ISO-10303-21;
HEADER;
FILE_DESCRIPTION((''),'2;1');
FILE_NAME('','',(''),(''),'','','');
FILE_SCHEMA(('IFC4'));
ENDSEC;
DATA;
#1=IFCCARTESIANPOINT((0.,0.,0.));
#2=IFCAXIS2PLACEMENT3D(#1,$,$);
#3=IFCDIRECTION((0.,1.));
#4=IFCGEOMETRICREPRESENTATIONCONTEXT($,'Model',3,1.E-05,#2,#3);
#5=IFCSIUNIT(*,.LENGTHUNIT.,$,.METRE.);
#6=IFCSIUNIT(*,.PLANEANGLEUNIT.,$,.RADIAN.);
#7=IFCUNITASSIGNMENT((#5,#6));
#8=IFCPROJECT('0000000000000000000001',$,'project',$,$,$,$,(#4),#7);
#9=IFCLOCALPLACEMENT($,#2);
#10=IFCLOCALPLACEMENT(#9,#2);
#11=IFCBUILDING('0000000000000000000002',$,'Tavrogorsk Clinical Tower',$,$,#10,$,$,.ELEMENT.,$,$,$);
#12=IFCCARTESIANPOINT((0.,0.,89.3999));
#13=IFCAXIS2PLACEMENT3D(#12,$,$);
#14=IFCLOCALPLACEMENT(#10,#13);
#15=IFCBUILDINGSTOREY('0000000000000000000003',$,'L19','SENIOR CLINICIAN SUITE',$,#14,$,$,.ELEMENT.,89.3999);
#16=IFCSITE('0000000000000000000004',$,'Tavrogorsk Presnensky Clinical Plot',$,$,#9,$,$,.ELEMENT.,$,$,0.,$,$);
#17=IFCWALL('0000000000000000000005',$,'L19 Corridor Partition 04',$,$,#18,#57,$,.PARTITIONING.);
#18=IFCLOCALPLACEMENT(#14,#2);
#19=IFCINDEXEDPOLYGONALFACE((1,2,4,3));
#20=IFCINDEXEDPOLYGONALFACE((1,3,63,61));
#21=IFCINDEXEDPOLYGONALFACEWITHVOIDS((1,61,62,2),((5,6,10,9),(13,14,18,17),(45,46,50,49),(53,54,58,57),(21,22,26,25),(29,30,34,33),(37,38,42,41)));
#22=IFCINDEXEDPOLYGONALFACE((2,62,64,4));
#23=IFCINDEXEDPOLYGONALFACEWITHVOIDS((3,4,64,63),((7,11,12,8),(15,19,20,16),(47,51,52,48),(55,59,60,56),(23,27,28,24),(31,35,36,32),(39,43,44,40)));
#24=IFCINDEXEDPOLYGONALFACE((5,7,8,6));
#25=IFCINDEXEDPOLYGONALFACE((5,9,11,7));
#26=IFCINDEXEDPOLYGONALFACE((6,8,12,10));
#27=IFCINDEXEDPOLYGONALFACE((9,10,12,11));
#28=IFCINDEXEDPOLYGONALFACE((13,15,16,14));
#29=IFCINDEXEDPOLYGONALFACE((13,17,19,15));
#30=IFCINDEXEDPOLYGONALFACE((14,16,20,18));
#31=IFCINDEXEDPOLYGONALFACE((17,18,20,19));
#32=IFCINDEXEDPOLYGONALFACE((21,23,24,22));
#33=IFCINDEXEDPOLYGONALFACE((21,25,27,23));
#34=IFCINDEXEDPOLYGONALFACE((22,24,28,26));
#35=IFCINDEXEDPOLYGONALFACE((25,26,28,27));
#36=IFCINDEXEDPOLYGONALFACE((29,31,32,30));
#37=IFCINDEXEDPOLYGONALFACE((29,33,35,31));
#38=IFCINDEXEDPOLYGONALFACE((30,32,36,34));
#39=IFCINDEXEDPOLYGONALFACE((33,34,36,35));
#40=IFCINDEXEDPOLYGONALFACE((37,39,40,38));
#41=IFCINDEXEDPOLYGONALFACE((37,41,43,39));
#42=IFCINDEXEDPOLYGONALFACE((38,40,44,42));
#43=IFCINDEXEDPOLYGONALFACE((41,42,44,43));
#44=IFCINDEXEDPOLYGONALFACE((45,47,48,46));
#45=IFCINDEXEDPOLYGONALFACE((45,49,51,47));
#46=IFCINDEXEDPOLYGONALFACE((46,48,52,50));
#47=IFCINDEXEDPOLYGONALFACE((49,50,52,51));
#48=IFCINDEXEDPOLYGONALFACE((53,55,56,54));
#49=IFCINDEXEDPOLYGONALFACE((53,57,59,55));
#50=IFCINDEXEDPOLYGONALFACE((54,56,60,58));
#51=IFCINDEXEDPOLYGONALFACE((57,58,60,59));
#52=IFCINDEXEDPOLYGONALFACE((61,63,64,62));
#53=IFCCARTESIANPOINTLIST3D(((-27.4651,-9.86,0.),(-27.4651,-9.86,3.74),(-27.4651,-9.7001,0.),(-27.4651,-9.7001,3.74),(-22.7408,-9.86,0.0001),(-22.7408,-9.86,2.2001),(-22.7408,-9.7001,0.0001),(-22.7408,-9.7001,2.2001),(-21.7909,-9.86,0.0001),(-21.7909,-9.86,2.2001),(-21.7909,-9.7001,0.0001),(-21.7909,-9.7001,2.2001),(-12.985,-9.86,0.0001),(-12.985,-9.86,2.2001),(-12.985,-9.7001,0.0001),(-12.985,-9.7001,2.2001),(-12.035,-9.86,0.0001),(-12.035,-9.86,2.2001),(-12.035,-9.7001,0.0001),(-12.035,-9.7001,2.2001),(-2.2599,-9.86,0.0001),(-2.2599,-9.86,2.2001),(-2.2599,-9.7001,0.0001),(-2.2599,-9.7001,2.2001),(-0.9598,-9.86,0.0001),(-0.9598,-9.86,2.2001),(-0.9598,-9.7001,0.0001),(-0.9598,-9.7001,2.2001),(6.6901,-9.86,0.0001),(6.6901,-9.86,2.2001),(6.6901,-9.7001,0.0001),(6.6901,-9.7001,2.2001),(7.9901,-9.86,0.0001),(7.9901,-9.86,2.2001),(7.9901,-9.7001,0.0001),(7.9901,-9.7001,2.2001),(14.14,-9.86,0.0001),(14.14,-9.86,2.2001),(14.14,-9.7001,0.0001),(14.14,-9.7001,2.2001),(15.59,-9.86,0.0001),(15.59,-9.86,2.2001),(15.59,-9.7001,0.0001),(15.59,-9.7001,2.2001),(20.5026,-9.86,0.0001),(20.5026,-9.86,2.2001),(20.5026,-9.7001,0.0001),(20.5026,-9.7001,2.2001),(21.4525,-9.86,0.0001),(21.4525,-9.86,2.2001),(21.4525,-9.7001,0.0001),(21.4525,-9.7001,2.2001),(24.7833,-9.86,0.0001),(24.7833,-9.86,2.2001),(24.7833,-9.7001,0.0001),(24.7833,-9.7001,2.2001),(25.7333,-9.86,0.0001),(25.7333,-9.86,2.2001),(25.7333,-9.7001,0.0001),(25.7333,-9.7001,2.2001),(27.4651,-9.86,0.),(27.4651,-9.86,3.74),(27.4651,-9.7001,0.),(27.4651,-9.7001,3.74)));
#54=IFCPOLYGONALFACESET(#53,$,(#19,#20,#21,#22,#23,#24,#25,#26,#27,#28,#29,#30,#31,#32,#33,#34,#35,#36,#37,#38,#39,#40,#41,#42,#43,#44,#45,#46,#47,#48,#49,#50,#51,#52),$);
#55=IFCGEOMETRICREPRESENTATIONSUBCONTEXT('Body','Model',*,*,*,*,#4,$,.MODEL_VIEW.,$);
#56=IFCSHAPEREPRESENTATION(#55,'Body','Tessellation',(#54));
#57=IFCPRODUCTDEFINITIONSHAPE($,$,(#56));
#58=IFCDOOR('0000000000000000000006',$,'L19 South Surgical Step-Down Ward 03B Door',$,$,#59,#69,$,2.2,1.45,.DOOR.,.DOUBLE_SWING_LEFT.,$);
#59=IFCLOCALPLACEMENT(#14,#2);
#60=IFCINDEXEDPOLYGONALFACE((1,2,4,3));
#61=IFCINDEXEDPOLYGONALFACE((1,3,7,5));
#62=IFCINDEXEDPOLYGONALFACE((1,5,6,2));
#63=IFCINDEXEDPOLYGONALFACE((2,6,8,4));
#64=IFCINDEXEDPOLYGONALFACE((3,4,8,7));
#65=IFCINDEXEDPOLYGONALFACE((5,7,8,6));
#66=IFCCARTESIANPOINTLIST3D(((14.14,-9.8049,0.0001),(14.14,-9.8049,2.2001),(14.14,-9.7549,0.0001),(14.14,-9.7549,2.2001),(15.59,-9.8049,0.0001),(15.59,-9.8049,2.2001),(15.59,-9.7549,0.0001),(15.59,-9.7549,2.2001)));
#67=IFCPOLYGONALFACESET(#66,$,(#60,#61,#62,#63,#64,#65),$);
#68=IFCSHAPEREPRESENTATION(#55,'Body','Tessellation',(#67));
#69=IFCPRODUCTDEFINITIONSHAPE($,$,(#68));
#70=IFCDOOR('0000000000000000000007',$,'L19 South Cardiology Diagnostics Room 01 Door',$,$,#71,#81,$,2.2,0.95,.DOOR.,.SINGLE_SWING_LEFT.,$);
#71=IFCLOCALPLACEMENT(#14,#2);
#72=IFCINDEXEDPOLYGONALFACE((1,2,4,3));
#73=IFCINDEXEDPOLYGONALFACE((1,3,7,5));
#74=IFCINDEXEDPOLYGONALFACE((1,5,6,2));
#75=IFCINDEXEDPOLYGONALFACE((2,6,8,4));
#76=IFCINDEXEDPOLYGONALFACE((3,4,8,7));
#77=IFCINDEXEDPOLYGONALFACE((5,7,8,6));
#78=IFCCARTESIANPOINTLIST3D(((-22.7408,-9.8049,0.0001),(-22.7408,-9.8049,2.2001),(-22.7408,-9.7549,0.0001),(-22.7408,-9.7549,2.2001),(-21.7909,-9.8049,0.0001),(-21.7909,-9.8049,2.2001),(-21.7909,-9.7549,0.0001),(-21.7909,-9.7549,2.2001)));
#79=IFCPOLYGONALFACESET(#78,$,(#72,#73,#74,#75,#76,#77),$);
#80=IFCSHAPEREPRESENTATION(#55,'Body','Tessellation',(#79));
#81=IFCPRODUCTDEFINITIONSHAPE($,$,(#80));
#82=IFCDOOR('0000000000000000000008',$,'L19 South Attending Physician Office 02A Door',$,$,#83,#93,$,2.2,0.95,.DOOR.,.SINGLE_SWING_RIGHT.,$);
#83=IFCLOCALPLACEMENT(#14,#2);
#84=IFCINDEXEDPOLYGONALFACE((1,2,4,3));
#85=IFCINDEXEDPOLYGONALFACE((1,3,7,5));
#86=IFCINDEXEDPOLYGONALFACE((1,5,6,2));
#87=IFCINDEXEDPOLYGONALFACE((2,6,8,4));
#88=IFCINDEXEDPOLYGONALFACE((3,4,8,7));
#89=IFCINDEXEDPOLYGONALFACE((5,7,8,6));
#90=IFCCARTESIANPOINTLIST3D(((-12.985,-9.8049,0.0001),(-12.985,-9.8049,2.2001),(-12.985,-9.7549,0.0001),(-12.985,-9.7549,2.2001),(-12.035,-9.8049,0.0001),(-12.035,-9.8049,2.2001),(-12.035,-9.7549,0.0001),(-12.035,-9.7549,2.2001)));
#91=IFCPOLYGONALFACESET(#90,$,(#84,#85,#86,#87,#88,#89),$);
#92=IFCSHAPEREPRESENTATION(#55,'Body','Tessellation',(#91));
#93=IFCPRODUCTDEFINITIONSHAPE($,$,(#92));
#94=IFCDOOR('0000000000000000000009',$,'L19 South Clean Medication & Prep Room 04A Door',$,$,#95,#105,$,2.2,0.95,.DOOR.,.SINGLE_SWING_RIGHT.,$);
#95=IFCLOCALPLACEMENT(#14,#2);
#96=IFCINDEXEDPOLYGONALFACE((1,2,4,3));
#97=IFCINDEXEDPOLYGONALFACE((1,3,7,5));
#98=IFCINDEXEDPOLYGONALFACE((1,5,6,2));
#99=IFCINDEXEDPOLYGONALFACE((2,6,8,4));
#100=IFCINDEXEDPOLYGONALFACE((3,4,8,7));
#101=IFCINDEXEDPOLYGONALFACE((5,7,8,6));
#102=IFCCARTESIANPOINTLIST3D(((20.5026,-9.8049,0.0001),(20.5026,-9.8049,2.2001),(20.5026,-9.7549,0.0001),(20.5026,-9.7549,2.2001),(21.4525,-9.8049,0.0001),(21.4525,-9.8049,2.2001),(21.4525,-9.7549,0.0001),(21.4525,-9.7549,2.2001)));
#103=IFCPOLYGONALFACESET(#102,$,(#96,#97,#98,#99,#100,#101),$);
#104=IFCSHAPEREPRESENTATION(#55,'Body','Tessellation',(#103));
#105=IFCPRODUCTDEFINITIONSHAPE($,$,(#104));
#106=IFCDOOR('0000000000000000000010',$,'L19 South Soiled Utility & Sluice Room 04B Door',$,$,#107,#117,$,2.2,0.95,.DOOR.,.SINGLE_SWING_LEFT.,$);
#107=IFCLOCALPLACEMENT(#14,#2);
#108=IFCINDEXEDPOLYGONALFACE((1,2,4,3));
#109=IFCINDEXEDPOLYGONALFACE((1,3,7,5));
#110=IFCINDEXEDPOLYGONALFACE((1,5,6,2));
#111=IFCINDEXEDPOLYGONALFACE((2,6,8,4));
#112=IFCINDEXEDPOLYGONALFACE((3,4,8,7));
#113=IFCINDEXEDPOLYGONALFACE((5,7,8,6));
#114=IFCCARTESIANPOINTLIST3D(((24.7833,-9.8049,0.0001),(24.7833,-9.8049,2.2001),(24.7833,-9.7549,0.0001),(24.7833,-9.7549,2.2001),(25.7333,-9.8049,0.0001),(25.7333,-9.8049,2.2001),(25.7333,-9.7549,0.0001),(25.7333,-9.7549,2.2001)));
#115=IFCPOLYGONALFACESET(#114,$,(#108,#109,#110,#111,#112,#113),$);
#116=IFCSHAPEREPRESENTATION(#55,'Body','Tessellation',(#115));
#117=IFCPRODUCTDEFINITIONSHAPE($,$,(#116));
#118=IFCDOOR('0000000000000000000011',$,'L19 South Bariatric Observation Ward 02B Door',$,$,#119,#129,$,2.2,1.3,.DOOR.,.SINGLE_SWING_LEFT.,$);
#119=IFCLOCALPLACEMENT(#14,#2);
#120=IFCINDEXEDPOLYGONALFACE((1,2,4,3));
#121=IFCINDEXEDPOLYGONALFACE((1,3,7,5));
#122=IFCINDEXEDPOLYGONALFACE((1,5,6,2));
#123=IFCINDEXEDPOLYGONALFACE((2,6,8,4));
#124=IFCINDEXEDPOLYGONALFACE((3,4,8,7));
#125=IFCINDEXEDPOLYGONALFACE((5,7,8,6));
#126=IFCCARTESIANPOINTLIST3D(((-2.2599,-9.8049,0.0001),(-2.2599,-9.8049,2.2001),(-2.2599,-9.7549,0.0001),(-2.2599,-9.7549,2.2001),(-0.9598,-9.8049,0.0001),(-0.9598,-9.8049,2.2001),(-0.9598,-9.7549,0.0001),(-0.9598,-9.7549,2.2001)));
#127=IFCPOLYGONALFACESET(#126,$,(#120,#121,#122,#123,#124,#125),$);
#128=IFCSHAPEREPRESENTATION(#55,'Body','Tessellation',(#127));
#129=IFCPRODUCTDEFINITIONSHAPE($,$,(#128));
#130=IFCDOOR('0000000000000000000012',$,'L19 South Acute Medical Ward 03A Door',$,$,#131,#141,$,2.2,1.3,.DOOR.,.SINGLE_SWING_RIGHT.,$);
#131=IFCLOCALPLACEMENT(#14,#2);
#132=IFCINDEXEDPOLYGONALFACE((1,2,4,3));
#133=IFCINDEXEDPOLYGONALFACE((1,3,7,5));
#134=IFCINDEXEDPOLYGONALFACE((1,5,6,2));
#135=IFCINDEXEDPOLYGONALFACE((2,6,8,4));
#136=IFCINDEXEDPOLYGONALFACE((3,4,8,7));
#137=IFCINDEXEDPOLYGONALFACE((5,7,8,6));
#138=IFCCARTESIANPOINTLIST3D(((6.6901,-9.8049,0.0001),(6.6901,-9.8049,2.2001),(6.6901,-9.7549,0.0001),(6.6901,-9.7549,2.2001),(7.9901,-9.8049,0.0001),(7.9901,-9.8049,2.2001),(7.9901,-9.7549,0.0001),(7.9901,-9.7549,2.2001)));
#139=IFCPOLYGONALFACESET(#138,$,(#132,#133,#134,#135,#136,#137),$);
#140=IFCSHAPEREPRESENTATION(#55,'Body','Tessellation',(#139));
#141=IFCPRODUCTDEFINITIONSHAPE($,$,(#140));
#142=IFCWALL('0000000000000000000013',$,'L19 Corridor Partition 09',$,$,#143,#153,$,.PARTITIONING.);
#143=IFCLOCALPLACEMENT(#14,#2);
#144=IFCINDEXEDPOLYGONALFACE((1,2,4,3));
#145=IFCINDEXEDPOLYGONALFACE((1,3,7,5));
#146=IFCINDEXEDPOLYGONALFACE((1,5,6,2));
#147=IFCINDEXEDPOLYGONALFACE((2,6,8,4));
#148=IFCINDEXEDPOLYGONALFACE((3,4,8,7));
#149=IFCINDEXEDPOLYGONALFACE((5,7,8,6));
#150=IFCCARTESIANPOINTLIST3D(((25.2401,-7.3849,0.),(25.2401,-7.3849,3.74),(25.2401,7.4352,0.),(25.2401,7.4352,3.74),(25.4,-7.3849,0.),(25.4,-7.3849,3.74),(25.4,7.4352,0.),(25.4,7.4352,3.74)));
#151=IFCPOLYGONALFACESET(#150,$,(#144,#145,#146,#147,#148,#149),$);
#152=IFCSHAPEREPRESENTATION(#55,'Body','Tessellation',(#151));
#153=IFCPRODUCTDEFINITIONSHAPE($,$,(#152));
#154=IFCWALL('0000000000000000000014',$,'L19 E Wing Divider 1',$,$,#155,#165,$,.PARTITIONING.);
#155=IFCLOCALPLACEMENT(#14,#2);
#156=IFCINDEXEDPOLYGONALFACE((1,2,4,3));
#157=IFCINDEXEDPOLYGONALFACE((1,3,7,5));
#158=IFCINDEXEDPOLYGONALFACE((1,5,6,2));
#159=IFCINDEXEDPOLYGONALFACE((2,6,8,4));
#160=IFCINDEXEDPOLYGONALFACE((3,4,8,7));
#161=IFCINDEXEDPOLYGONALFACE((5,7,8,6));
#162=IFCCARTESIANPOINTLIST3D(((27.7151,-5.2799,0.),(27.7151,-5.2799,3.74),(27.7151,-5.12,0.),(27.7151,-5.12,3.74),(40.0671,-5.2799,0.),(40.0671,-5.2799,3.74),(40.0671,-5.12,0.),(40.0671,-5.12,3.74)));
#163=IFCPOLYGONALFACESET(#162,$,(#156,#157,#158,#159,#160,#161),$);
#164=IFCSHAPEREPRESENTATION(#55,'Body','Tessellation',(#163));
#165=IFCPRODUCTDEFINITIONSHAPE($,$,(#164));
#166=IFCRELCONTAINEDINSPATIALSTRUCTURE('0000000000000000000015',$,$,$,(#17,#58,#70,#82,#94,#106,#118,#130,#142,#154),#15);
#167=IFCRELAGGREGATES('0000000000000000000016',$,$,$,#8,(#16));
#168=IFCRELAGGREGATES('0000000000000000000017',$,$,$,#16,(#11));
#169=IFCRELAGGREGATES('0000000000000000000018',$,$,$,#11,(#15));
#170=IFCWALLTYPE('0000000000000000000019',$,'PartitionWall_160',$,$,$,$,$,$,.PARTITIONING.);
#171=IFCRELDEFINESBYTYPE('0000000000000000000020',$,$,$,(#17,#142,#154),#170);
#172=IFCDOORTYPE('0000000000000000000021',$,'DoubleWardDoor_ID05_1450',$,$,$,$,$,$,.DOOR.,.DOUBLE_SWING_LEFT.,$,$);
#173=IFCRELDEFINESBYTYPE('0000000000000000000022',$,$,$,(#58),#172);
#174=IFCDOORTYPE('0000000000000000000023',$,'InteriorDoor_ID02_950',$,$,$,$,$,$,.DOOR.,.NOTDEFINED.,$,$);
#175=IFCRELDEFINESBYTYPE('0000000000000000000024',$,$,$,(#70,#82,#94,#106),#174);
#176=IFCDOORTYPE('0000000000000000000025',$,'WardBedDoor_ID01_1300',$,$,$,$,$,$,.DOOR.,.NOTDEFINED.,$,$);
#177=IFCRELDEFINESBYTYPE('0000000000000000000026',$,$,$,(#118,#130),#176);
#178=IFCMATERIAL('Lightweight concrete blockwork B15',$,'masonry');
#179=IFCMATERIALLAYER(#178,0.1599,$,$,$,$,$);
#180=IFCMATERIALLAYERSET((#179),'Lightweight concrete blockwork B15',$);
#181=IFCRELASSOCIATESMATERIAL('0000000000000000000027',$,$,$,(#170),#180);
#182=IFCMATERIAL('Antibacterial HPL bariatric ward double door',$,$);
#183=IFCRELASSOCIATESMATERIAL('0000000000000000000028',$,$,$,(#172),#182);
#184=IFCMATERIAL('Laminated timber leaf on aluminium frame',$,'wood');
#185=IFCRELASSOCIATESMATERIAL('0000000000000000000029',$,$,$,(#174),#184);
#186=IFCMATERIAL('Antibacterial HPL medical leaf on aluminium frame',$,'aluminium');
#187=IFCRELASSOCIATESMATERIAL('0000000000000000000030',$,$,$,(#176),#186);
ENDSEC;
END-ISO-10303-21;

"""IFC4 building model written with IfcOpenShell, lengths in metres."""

from ifc_helpers import new_model, si_unit, direction, frame, frame_2d, origin, place, context, subcontext, project, spatial, rectangle, extrude, material, layer, layer_set, type_object, element, fill, save


model = new_model("IFC4")

# Units and contexts
model_context = context("Model", 3, precision=1e-05, world=origin(), true_north=direction((0.0, 1.0)))
body_context = subcontext(model_context, "Body", "Model", "MODEL_VIEW")
ifc_project = project(units=[si_unit("LENGTHUNIT", "METRE"), si_unit("PLANEANGLEUNIT", "RADIAN")], contexts=[model_context])

# Site, building, storey
site_placement = place(None, origin())
site = spatial("IfcSite", under=ifc_project, at=site_placement, Name="Tavrogorsk Presnensky Clinical Plot", CompositionType="ELEMENT", RefElevation=0.0)
building_placement = place(site_placement, origin())
building = spatial("IfcBuilding", under=site, at=building_placement, Name="Tavrogorsk Clinical Tower", CompositionType="ELEMENT")
storey_placement = place(building_placement, frame((0.0, 0.0, 89.3999)))
storey = spatial("IfcBuildingStorey", under=building, at=storey_placement, Name="L19", Description="SENIOR CLINICIAN SUITE", CompositionType="ELEMENT", Elevation=89.3999)

# Wall, openings, doors
ifc_material_1 = material(Name="Lightweight concrete blockwork B15", Category="masonry")
ifc_layer_1 = layer(ifc_material_1, 0.1599)
ifc_layer_set_1 = layer_set([ifc_layer_1], Name="Lightweight concrete blockwork B15")
wall_type_1 = type_object("IfcWallType", Name="PartitionWall_160", PredefinedType="PARTITIONING", material=ifc_layer_set_1)
wall_1_placement = place(storey_placement, frame((27.4651, -9.78, 0.0), z_axis=(0.0, 0.0, 1.0), x_axis=(-1.0, 0.0, 0.0)))
wall_1 = element("IfcWall", 1, at=wall_1_placement, inside=storey, type_object=wall_type_1, Name="L19 Corridor Partition 04", PredefinedType="PARTITIONING", context=body_context, shape_type="SweptSolid", body=[
    extrude(rectangle(XDim=54.9302, YDim=0.1599, at=frame_2d((27.4651, 0.0))), origin(), (0.0, 0.0, 1.0), 3.74),
])
opening_1_placement = place(wall_1_placement, frame((49.2559, 0.0, 0.0)))
opening_1 = element("IfcOpeningElement", 2, at=opening_1_placement, cuts=wall_1, PredefinedType="OPENING", context=body_context, shape_type="SweptSolid", body=[
    extrude(rectangle(XDim=0.95, YDim=2.2, at=frame_2d((0.4751, 1.1001))), frame((0.0, 0.0898, 0.0), z_axis=(0.0, -1.0, 0.0), x_axis=(1.0, 0.0, 0.0)), (0.0, 0.0, 1.0), 0.1799),
])
opening_2_placement = place(wall_1_placement, frame((39.5, 0.0, 0.0)))
opening_2 = element("IfcOpeningElement", 3, at=opening_2_placement, cuts=wall_1, PredefinedType="OPENING", context=body_context, shape_type="SweptSolid", body=[
    extrude(rectangle(XDim=0.95, YDim=2.2, at=frame_2d((0.4751, 1.1001))), frame((0.0, 0.0898, 0.0), z_axis=(0.0, -1.0, 0.0), x_axis=(1.0, 0.0, 0.0)), (0.0, 0.0, 1.0), 0.1799),
])
opening_3_placement = place(wall_1_placement, frame((28.425, 0.0, 0.0)))
opening_3 = element("IfcOpeningElement", 4, at=opening_3_placement, cuts=wall_1, PredefinedType="OPENING", context=body_context, shape_type="SweptSolid", body=[
    extrude(rectangle(XDim=1.3, YDim=2.2, at=frame_2d((0.6499, 1.1001))), frame((0.0, 0.0898, 0.0), z_axis=(0.0, -1.0, 0.0), x_axis=(1.0, 0.0, 0.0)), (0.0, 0.0, 1.0), 0.1799),
])
opening_4_placement = place(wall_1_placement, frame((19.4751, 0.0, 0.0)))
opening_4 = element("IfcOpeningElement", 5, at=opening_4_placement, cuts=wall_1, PredefinedType="OPENING", context=body_context, shape_type="SweptSolid", body=[
    extrude(rectangle(XDim=1.3, YDim=2.2, at=frame_2d((0.6499, 1.1001))), frame((0.0, 0.0898, 0.0), z_axis=(0.0, -1.0, 0.0), x_axis=(1.0, 0.0, 0.0)), (0.0, 0.0, 1.0), 0.1799),
])
opening_5_placement = place(wall_1_placement, frame((11.875, 0.0, 0.0)))
opening_5 = element("IfcOpeningElement", 6, at=opening_5_placement, cuts=wall_1, PredefinedType="OPENING", context=body_context, shape_type="SweptSolid", body=[
    extrude(rectangle(XDim=1.45, YDim=2.2, at=frame_2d((0.7251, 1.1001))), frame((0.0, 0.0898, 0.0), z_axis=(0.0, -1.0, 0.0), x_axis=(1.0, 0.0, 0.0)), (0.0, 0.0, 1.0), 0.1799),
])
opening_6_placement = place(wall_1_placement, frame((6.0125, 0.0, 0.0)))
opening_6 = element("IfcOpeningElement", 7, at=opening_6_placement, cuts=wall_1, PredefinedType="OPENING", context=body_context, shape_type="SweptSolid", body=[
    extrude(rectangle(XDim=0.95, YDim=2.2, at=frame_2d((0.4751, 1.1001))), frame((0.0, 0.0898, 0.0), z_axis=(0.0, -1.0, 0.0), x_axis=(1.0, 0.0, 0.0)), (0.0, 0.0, 1.0), 0.1799),
])
opening_7_placement = place(wall_1_placement, frame((1.7317, 0.0, 0.0)))
opening_7 = element("IfcOpeningElement", 8, at=opening_7_placement, cuts=wall_1, PredefinedType="OPENING", context=body_context, shape_type="SweptSolid", body=[
    extrude(rectangle(XDim=0.95, YDim=2.2, at=frame_2d((0.4751, 1.1001))), frame((0.0, 0.0898, 0.0), z_axis=(0.0, -1.0, 0.0), x_axis=(1.0, 0.0, 0.0)), (0.0, 0.0, 1.0), 0.1799),
])
ifc_material_2 = material(Name="Antibacterial HPL bariatric ward double door")
door_type_1 = type_object("IfcDoorType", Name="DoubleWardDoor_ID05_1450", OperationType="DOUBLE_SWING_LEFT", PredefinedType="DOOR", material=ifc_material_2)
door_1_placement = place(opening_5_placement, origin())
door_1 = element("IfcDoor", 9, at=door_1_placement, inside=storey, type_object=door_type_1, Name="L19 South Surgical Step-Down Ward 03B Door", OperationType="DOUBLE_SWING_LEFT", OverallHeight=2.2, OverallWidth=1.45, PredefinedType="DOOR", context=body_context, shape_type="SweptSolid", body=[
    extrude(rectangle(XDim=1.45, YDim=2.2, at=frame_2d((0.7251, 1.1001))), frame((0.0, 0.0249, 0.0), z_axis=(0.0, -1.0, 0.0), x_axis=(1.0, 0.0, 0.0)), (0.0, 0.0, 1.0), 0.05),
])
fill(opening_5, door_1)
ifc_material_3 = material(Name="Laminated timber leaf on aluminium frame", Category="wood")
door_type_2 = type_object("IfcDoorType", Name="InteriorDoor_ID02_950", OperationType="NOTDEFINED", PredefinedType="DOOR", material=ifc_material_3)
door_2_placement = place(opening_1_placement, origin())
door_2 = element("IfcDoor", 10, at=door_2_placement, inside=storey, type_object=door_type_2, Name="L19 South Cardiology Diagnostics Room 01 Door", OperationType="SINGLE_SWING_LEFT", OverallHeight=2.2, OverallWidth=0.95, PredefinedType="DOOR", context=body_context, shape_type="SweptSolid", body=[
    extrude(rectangle(XDim=0.95, YDim=2.2, at=frame_2d((0.4751, 1.1001))), frame((0.0, 0.0249, 0.0), z_axis=(0.0, -1.0, 0.0), x_axis=(1.0, 0.0, 0.0)), (0.0, 0.0, 1.0), 0.05),
])
fill(opening_1, door_2)
door_3_placement = place(opening_2_placement, origin())
door_3 = element("IfcDoor", 11, at=door_3_placement, inside=storey, type_object=door_type_2, Name="L19 South Attending Physician Office 02A Door", OperationType="SINGLE_SWING_RIGHT", OverallHeight=2.2, OverallWidth=0.95, PredefinedType="DOOR", context=body_context, shape_type="SweptSolid", body=[
    extrude(rectangle(XDim=0.95, YDim=2.2, at=frame_2d((0.4751, 1.1001))), frame((0.0, 0.0249, 0.0), z_axis=(0.0, -1.0, 0.0), x_axis=(1.0, 0.0, 0.0)), (0.0, 0.0, 1.0), 0.05),
])
fill(opening_2, door_3)
door_4_placement = place(opening_6_placement, origin())
door_4 = element("IfcDoor", 12, at=door_4_placement, inside=storey, type_object=door_type_2, Name="L19 South Clean Medication & Prep Room 04A Door", OperationType="SINGLE_SWING_RIGHT", OverallHeight=2.2, OverallWidth=0.95, PredefinedType="DOOR", context=body_context, shape_type="SweptSolid", body=[
    extrude(rectangle(XDim=0.95, YDim=2.2, at=frame_2d((0.4751, 1.1001))), frame((0.0, 0.0249, 0.0), z_axis=(0.0, -1.0, 0.0), x_axis=(1.0, 0.0, 0.0)), (0.0, 0.0, 1.0), 0.05),
])
fill(opening_6, door_4)
door_5_placement = place(opening_7_placement, origin())
door_5 = element("IfcDoor", 13, at=door_5_placement, inside=storey, type_object=door_type_2, Name="L19 South Soiled Utility & Sluice Room 04B Door", OperationType="SINGLE_SWING_LEFT", OverallHeight=2.2, OverallWidth=0.95, PredefinedType="DOOR", context=body_context, shape_type="SweptSolid", body=[
    extrude(rectangle(XDim=0.95, YDim=2.2, at=frame_2d((0.4751, 1.1001))), frame((0.0, 0.0249, 0.0), z_axis=(0.0, -1.0, 0.0), x_axis=(1.0, 0.0, 0.0)), (0.0, 0.0, 1.0), 0.05),
])
fill(opening_7, door_5)
ifc_material_4 = material(Name="Antibacterial HPL medical leaf on aluminium frame", Category="aluminium")
door_type_3 = type_object("IfcDoorType", Name="WardBedDoor_ID01_1300", OperationType="NOTDEFINED", PredefinedType="DOOR", material=ifc_material_4)
door_6_placement = place(opening_3_placement, origin())
door_6 = element("IfcDoor", 14, at=door_6_placement, inside=storey, type_object=door_type_3, Name="L19 South Bariatric Observation Ward 02B Door", OperationType="SINGLE_SWING_LEFT", OverallHeight=2.2, OverallWidth=1.3, PredefinedType="DOOR", context=body_context, shape_type="SweptSolid", body=[
    extrude(rectangle(XDim=1.3, YDim=2.2, at=frame_2d((0.6499, 1.1001))), frame((0.0, 0.0249, 0.0), z_axis=(0.0, -1.0, 0.0), x_axis=(1.0, 0.0, 0.0)), (0.0, 0.0, 1.0), 0.05),
])
fill(opening_3, door_6)
door_7_placement = place(opening_4_placement, origin())
door_7 = element("IfcDoor", 15, at=door_7_placement, inside=storey, type_object=door_type_3, Name="L19 South Acute Medical Ward 03A Door", OperationType="SINGLE_SWING_RIGHT", OverallHeight=2.2, OverallWidth=1.3, PredefinedType="DOOR", context=body_context, shape_type="SweptSolid", body=[
    extrude(rectangle(XDim=1.3, YDim=2.2, at=frame_2d((0.6499, 1.1001))), frame((0.0, 0.0249, 0.0), z_axis=(0.0, -1.0, 0.0), x_axis=(1.0, 0.0, 0.0)), (0.0, 0.0, 1.0), 0.05),
])
fill(opening_4, door_7)

# Walls
wall_2_placement = place(storey_placement, frame((25.3201, -7.385, 0.0), z_axis=(0.0, 0.0, 1.0), x_axis=(0.0, 1.0, 0.0)))
element("IfcWall", 16, at=wall_2_placement, inside=storey, type_object=wall_type_1, Name="L19 Corridor Partition 09", PredefinedType="PARTITIONING", context=body_context, shape_type="SweptSolid", body=[
    extrude(rectangle(XDim=14.8201, YDim=0.1599, at=frame_2d((7.4102, 0.0))), origin(), (0.0, 0.0, 1.0), 3.74),
])
wall_3_placement = place(storey_placement, frame((27.7151, -5.2, 0.0), z_axis=(0.0, 0.0, 1.0), x_axis=(1.0, 0.0, 0.0)))
element("IfcWall", 17, at=wall_3_placement, inside=storey, type_object=wall_type_1, Name="L19 E Wing Divider 1", PredefinedType="PARTITIONING", context=body_context, shape_type="SweptSolid", body=[
    extrude(rectangle(XDim=12.3521, YDim=0.1599, at=frame_2d((6.176, 0.0))), origin(), (0.0, 0.0, 1.0), 3.74),
])

save(model, "model.ifc")
